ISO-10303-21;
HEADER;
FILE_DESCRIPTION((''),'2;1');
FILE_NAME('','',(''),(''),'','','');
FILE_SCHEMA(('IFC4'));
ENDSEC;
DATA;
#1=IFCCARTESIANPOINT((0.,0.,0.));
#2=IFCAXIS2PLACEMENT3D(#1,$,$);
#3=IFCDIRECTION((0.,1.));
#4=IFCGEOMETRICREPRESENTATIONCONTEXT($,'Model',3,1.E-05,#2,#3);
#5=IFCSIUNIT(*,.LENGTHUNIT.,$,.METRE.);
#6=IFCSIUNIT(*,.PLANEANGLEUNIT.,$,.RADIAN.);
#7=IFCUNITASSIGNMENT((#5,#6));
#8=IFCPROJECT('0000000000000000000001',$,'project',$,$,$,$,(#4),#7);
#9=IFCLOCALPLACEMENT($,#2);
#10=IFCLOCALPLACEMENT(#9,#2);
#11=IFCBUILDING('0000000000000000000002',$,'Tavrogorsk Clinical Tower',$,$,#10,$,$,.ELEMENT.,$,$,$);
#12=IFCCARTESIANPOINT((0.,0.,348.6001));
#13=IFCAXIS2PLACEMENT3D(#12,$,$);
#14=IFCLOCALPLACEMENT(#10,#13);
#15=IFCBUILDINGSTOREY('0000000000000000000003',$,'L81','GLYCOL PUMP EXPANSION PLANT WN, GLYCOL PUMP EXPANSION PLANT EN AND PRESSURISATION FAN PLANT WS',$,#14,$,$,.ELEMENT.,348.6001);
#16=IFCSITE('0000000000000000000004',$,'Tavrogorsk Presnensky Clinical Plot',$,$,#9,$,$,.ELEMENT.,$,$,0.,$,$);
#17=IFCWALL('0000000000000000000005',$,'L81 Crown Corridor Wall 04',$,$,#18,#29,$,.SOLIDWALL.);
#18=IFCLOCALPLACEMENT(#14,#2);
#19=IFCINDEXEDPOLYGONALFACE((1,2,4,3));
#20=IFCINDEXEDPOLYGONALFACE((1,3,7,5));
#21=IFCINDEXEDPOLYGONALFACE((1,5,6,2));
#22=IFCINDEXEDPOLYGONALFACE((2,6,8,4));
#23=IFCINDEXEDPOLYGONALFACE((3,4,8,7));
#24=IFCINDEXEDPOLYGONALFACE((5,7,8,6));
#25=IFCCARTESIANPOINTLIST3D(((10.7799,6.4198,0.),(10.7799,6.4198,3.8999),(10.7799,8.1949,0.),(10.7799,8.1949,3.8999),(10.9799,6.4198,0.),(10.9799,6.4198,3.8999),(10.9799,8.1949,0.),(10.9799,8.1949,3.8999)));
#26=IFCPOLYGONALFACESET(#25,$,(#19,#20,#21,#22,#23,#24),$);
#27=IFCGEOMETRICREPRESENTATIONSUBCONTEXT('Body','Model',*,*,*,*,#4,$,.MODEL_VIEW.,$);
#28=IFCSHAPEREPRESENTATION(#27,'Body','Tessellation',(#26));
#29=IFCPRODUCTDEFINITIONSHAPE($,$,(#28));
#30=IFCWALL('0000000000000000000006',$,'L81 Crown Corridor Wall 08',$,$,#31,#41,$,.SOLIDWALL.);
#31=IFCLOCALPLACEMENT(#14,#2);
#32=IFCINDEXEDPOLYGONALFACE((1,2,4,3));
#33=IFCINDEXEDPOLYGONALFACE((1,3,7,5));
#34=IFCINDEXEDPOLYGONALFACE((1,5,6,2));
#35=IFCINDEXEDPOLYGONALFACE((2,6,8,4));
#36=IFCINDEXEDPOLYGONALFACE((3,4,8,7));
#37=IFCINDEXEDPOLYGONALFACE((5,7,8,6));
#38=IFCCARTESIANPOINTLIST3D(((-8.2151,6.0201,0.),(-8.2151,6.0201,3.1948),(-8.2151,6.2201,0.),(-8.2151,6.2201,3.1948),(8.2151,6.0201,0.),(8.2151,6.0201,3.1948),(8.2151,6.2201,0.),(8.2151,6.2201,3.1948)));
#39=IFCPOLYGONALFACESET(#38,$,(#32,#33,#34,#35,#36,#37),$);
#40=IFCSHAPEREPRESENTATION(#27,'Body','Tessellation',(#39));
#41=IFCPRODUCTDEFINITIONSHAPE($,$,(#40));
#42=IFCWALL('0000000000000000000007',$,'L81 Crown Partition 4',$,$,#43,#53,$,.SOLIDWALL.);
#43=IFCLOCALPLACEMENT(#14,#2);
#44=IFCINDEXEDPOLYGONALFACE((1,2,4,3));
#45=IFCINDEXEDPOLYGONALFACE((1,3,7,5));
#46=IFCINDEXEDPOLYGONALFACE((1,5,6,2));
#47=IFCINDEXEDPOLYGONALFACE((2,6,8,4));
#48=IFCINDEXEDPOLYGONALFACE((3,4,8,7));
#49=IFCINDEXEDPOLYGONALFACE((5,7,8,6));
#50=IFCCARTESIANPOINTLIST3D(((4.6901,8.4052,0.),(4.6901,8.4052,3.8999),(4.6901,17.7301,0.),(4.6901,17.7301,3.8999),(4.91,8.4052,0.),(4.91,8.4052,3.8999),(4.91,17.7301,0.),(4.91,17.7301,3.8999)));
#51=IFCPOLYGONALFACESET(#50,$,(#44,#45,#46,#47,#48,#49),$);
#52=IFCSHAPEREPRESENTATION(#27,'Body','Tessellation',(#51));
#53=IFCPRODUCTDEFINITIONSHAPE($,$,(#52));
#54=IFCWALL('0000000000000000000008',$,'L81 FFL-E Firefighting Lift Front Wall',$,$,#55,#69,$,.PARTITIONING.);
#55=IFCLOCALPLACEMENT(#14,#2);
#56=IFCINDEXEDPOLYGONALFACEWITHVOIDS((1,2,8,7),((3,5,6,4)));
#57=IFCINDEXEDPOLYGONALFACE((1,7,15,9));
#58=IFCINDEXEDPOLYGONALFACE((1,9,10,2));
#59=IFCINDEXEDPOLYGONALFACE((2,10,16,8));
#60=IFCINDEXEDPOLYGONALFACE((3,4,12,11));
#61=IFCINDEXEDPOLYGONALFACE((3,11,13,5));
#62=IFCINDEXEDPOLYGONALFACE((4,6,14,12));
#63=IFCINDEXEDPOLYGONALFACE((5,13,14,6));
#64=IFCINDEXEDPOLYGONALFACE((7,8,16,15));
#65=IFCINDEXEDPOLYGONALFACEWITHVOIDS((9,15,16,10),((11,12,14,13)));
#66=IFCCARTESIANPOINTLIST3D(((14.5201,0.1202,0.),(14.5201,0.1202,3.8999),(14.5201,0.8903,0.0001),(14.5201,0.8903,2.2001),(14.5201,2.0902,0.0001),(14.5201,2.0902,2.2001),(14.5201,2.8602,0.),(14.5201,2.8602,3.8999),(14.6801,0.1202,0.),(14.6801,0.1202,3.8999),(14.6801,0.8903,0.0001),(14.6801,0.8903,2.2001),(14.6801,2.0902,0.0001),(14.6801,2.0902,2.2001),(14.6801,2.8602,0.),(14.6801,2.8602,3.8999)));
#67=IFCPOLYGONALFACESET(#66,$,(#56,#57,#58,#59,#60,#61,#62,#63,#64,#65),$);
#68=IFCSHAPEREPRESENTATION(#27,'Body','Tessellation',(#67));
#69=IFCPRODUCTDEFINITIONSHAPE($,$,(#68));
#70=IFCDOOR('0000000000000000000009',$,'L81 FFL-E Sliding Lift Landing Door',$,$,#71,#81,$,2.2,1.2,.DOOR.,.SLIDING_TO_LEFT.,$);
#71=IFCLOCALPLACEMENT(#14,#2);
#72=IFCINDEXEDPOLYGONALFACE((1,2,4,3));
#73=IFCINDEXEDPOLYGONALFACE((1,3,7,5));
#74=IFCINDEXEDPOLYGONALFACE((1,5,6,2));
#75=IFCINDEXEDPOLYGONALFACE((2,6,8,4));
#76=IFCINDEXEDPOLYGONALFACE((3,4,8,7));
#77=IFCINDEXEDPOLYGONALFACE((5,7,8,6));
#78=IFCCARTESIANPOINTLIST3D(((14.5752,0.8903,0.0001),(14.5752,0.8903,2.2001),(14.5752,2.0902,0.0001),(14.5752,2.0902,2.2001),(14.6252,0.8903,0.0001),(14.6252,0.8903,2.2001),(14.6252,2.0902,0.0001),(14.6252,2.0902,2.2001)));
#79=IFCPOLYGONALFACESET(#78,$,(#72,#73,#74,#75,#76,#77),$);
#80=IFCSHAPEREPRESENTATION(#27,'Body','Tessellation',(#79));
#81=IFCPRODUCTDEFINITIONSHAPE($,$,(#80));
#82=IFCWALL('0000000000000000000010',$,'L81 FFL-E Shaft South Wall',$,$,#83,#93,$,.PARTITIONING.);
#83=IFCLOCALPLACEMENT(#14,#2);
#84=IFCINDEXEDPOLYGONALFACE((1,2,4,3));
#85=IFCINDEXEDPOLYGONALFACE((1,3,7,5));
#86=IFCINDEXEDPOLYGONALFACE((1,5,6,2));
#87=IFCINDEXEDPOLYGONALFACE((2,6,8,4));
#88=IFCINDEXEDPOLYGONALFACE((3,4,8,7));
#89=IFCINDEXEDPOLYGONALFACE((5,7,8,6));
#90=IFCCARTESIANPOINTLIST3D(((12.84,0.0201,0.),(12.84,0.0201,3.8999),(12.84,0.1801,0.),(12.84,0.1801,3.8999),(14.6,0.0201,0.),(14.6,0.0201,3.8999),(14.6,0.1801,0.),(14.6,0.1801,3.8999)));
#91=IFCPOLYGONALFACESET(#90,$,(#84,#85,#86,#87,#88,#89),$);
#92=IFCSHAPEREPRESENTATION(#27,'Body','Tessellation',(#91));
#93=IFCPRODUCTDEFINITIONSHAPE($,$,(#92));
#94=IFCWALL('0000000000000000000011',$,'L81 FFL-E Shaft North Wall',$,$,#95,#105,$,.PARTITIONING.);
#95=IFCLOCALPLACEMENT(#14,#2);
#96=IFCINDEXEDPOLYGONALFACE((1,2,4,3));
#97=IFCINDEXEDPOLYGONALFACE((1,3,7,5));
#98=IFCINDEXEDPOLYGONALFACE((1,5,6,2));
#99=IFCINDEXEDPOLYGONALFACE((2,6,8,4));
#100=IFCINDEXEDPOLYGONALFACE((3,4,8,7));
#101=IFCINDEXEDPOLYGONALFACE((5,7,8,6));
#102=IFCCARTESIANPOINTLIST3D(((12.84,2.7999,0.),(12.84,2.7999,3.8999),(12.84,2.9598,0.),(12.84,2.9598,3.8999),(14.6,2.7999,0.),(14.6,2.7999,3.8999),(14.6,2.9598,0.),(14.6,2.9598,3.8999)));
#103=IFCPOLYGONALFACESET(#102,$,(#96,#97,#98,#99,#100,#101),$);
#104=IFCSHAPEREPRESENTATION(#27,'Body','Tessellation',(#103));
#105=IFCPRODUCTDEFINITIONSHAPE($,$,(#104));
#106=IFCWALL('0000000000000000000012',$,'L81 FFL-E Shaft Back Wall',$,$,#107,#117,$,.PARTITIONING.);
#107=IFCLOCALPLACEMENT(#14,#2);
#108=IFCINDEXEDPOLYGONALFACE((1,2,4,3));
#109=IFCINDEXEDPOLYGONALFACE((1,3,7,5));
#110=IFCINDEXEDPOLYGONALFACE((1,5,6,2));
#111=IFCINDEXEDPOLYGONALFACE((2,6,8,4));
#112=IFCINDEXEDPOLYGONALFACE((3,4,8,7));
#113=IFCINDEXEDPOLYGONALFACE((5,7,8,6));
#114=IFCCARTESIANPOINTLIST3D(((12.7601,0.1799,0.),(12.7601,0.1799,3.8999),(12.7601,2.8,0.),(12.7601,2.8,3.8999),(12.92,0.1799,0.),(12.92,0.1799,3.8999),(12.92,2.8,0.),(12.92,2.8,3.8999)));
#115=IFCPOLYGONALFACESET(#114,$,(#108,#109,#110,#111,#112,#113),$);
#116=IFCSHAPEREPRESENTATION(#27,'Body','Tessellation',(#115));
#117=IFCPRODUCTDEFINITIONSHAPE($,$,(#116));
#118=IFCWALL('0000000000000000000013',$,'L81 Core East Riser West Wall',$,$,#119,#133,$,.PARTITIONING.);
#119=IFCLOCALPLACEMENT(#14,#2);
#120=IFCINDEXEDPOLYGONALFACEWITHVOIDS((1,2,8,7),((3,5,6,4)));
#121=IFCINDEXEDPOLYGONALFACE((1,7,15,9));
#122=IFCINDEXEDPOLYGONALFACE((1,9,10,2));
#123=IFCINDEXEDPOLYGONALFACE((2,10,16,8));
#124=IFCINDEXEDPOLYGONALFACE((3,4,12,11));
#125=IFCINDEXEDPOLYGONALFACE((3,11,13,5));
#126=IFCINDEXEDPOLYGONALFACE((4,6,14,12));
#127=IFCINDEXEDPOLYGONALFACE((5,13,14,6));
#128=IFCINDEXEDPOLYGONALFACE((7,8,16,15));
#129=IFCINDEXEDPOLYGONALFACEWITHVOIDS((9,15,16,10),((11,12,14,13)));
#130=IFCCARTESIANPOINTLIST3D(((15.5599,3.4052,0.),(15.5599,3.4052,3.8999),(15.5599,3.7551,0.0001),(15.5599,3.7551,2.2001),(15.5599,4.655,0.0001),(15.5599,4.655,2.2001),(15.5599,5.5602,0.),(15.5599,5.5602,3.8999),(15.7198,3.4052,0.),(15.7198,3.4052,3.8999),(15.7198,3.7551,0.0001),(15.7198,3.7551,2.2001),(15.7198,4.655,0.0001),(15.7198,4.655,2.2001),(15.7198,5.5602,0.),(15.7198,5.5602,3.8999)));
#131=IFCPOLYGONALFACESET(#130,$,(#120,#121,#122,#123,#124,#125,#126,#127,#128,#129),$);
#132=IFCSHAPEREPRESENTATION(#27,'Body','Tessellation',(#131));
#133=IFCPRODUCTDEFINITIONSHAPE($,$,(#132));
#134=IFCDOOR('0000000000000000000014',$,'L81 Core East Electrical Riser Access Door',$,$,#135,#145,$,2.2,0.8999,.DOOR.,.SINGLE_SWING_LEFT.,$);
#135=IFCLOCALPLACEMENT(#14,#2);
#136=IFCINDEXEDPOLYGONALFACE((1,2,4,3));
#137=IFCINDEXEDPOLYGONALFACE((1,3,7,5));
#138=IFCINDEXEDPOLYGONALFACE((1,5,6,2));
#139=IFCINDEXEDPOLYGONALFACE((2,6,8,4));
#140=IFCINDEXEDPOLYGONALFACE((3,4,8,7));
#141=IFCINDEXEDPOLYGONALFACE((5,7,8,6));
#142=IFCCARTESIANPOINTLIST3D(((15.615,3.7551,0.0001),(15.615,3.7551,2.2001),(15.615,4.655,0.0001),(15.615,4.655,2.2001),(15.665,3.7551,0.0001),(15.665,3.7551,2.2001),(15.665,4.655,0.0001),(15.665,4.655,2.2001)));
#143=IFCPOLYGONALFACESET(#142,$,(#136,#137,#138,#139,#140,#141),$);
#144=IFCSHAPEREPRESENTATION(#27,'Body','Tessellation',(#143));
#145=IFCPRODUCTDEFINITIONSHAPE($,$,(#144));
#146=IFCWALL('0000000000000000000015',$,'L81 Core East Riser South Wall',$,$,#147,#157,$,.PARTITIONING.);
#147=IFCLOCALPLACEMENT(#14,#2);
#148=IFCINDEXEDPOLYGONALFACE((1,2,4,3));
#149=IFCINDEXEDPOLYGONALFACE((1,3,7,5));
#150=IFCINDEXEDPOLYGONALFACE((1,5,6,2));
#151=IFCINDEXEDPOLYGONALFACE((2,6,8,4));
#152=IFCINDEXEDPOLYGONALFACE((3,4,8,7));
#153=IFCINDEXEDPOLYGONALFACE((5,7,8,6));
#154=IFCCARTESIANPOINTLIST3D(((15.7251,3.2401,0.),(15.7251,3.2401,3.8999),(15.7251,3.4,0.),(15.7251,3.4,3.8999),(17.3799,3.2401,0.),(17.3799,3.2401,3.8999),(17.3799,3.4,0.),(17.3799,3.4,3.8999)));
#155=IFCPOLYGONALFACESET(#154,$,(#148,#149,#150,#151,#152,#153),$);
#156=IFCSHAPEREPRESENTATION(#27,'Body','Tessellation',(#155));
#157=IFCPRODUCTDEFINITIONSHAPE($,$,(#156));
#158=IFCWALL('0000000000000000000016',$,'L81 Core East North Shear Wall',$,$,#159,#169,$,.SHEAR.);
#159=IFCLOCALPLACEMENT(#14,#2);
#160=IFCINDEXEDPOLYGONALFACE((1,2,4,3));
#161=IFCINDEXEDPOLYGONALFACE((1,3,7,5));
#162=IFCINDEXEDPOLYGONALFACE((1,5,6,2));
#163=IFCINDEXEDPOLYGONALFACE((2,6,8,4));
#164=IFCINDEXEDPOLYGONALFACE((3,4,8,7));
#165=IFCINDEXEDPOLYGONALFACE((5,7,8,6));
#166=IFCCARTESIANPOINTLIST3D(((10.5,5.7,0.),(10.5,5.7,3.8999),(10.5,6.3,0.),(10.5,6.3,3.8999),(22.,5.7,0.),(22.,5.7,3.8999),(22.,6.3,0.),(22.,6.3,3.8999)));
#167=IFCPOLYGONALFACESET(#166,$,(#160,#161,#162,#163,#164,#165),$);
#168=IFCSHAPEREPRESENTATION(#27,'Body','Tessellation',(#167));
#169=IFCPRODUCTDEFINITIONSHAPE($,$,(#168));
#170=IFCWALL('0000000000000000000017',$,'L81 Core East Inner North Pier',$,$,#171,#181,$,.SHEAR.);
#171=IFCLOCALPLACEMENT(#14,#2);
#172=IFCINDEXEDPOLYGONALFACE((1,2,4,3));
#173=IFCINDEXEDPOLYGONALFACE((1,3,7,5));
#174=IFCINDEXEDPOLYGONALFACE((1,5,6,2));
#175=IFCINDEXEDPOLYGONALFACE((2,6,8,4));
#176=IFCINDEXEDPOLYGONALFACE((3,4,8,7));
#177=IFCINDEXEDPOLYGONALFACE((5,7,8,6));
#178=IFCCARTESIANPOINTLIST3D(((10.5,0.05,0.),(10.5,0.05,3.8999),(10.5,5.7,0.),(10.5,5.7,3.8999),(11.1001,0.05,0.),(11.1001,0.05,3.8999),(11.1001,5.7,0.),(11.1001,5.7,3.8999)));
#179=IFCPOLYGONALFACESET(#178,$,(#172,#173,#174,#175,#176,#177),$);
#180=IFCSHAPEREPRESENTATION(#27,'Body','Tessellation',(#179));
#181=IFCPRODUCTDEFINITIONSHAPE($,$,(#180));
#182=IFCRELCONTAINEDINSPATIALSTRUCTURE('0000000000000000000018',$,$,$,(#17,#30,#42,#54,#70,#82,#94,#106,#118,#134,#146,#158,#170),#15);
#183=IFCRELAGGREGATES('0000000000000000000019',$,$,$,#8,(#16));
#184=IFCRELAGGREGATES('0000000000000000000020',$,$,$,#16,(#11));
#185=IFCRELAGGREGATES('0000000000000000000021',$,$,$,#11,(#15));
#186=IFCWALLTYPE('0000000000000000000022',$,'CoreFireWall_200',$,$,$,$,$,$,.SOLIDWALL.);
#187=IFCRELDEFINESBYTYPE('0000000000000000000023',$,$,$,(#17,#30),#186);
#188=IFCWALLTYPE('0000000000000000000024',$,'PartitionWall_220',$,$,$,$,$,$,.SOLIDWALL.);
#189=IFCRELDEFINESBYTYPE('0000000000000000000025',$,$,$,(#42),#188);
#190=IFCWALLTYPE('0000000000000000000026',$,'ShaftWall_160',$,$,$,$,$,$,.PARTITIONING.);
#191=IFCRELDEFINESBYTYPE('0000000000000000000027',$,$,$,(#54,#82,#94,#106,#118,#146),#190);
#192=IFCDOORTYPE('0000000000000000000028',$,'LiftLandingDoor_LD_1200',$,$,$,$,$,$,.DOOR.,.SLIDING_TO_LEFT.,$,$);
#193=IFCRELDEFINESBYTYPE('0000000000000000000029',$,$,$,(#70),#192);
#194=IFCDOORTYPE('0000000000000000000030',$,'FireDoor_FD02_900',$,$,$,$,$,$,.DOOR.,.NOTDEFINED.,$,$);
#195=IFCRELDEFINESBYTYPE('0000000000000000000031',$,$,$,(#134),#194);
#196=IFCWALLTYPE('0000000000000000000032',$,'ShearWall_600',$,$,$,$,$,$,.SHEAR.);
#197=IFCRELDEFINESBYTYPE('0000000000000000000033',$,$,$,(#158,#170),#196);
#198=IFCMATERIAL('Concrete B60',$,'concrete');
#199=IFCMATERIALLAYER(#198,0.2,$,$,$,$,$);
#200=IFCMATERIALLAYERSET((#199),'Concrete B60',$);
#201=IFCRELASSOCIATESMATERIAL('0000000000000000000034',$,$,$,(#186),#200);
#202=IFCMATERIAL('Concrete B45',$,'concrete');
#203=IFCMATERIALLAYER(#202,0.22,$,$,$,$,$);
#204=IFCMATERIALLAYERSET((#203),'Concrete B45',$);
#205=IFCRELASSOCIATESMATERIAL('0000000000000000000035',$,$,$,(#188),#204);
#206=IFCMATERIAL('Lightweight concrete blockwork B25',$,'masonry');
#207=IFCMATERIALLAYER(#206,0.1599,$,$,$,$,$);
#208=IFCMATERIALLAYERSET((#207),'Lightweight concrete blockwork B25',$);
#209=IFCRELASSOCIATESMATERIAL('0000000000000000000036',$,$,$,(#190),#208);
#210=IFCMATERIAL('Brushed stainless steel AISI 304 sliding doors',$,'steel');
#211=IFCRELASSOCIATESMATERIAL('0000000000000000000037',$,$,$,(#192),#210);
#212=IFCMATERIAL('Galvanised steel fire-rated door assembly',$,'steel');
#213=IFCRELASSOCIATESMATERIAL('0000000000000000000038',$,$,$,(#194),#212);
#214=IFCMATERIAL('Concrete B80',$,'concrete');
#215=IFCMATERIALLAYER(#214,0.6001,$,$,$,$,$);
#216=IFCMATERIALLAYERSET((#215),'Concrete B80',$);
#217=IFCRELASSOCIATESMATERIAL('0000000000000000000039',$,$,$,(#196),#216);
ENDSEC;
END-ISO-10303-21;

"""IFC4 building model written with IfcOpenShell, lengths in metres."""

from ifc_helpers import new_model, si_unit, direction, frame, frame_2d, origin, place, context, subcontext, project, spatial, rectangle, extrude, material, layer, layer_set, type_object, element, fill, save


model = new_model("IFC4")

# Units and contexts
model_context = context("Model", 3, precision=1e-05, world=origin(), true_north=direction((0.0, 1.0)))
body_context = subcontext(model_context, "Body", "Model", "MODEL_VIEW")
ifc_project = project(units=[si_unit("LENGTHUNIT", "METRE"), si_unit("PLANEANGLEUNIT", "RADIAN")], contexts=[model_context])

# Site, building, storey
site_placement = place(None, origin())
site = spatial("IfcSite", under=ifc_project, at=site_placement, Name="Tavrogorsk Presnensky Clinical Plot", CompositionType="ELEMENT", RefElevation=0.0)
building_placement = place(site_placement, origin())
building = spatial("IfcBuilding", under=site, at=building_placement, Name="Tavrogorsk Clinical Tower", CompositionType="ELEMENT")
storey_placement = place(building_placement, frame((0.0, 0.0, 348.6001)))
storey = spatial("IfcBuildingStorey", under=building, at=storey_placement, Name="L81", Description="GLYCOL PUMP EXPANSION PLANT WN, GLYCOL PUMP EXPANSION PLANT EN AND PRESSURISATION FAN PLANT WS", CompositionType="ELEMENT", Elevation=348.6001)

# Shared definitions
ifc_material_1 = material(Name="Concrete B60", Category="concrete")
ifc_layer_1 = layer(ifc_material_1, 0.2)
ifc_layer_set_1 = layer_set([ifc_layer_1], Name="Concrete B60")
wall_type_1 = type_object("IfcWallType", Name="CoreFireWall_200", PredefinedType="SOLIDWALL", material=ifc_layer_set_1)

# Walls
wall_1_placement = place(storey_placement, frame((10.8799, 8.1951, 0.0), z_axis=(0.0, 0.0, 1.0), x_axis=(0.0, -1.0, 0.0)))
element("IfcWall", 1, at=wall_1_placement, inside=storey, type_object=wall_type_1, Name="L81 Crown Corridor Wall 04", PredefinedType="SOLIDWALL", context=body_context, shape_type="SweptSolid", body=[
    extrude(rectangle(XDim=1.7751, YDim=0.2, at=frame_2d((0.8877, 0.0))), origin(), (0.0, 0.0, 1.0), 3.8999),
])
wall_2_placement = place(storey_placement, frame((8.2151, 6.1201, 0.0), z_axis=(0.0, 0.0, 1.0), x_axis=(-1.0, 0.0, 0.0)))
element("IfcWall", 2, at=wall_2_placement, inside=storey, type_object=wall_type_1, Name="L81 Crown Corridor Wall 08", PredefinedType="SOLIDWALL", context=body_context, shape_type="SweptSolid", body=[
    extrude(rectangle(XDim=16.4302, YDim=0.2, at=frame_2d((8.2151, 0.0))), origin(), (0.0, 0.0, 1.0), 3.1948),
])
ifc_material_2 = material(Name="Concrete B45", Category="concrete")
ifc_layer_2 = layer(ifc_material_2, 0.22)
ifc_layer_set_2 = layer_set([ifc_layer_2], Name="Concrete B45")
wall_type_2 = type_object("IfcWallType", Name="PartitionWall_220", PredefinedType="SOLIDWALL", material=ifc_layer_set_2)
wall_3_placement = place(storey_placement, frame((4.8, 8.405, 0.0), z_axis=(0.0, 0.0, 1.0), x_axis=(0.0, 1.0, 0.0)))
element("IfcWall", 3, at=wall_3_placement, inside=storey, type_object=wall_type_2, Name="L81 Crown Partition 4", PredefinedType="SOLIDWALL", context=body_context, shape_type="SweptSolid", body=[
    extrude(rectangle(XDim=9.325, YDim=0.22, at=frame_2d((4.6626, 0.0))), origin(), (0.0, 0.0, 1.0), 3.8999),
])

# Wall, opening, door
ifc_material_3 = material(Name="Lightweight concrete blockwork B25", Category="masonry")
ifc_layer_3 = layer(ifc_material_3, 0.1599)
ifc_layer_set_3 = layer_set([ifc_layer_3], Name="Lightweight concrete blockwork B25")
wall_type_3 = type_object("IfcWallType", Name="ShaftWall_160", PredefinedType="PARTITIONING", material=ifc_layer_set_3)
wall_4_placement = place(storey_placement, frame((14.6001, 0.1201, 0.0), z_axis=(0.0, 0.0, 1.0), x_axis=(0.0, 1.0, 0.0)))
wall_4 = element("IfcWall", 4, at=wall_4_placement, inside=storey, type_object=wall_type_3, Name="L81 FFL-E Firefighting Lift Front Wall", PredefinedType="PARTITIONING", context=body_context, shape_type="SweptSolid", body=[
    extrude(rectangle(XDim=2.74, YDim=0.1599, at=frame_2d((1.3701, 0.0))), origin(), (0.0, 0.0, 1.0), 3.8999),
])
opening_1_placement = place(wall_4_placement, frame((0.77, 0.0, 0.0)))
opening_1 = element("IfcOpeningElement", 5, at=opening_1_placement, cuts=wall_4, PredefinedType="OPENING", context=body_context, shape_type="SweptSolid", body=[
    extrude(rectangle(XDim=1.2, YDim=2.2, at=frame_2d((0.6001, 1.1001))), frame((0.0, 0.0898, 0.0), z_axis=(0.0, -1.0, 0.0), x_axis=(1.0, 0.0, 0.0)), (0.0, 0.0, 1.0), 0.1799),
])
ifc_material_4 = material(Name="Brushed stainless steel AISI 304 sliding doors", Category="steel")
door_type_1 = type_object("IfcDoorType", Name="LiftLandingDoor_LD_1200", OperationType="SLIDING_TO_LEFT", PredefinedType="DOOR", material=ifc_material_4)
door_1_placement = place(opening_1_placement, origin())
door_1 = element("IfcDoor", 6, at=door_1_placement, inside=storey, type_object=door_type_1, Name="L81 FFL-E Sliding Lift Landing Door", OperationType="SLIDING_TO_LEFT", OverallHeight=2.2, OverallWidth=1.2, PredefinedType="DOOR", context=body_context, shape_type="SweptSolid", body=[
    extrude(rectangle(XDim=1.2, YDim=2.2, at=frame_2d((0.6001, 1.1001))), frame((0.0, 0.0249, 0.0), z_axis=(0.0, -1.0, 0.0), x_axis=(1.0, 0.0, 0.0)), (0.0, 0.0, 1.0), 0.05),
])
fill(opening_1, door_1)

# Walls
for number, where, z_axis, x_axis, name in (
    (7, (12.8401, 0.1001, 0.0), (0.0, 0.0, 1.0), (1.0, 0.0, 0.0), "L81 FFL-E Shaft South Wall"),
    (8, (12.8401, 2.8799, 0.0), (0.0, 0.0, 1.0), (1.0, 0.0, 0.0), "L81 FFL-E Shaft North Wall"),
):
    element("IfcWall", number, at=place(storey_placement, frame(where, z_axis=z_axis, x_axis=x_axis)), inside=storey, type_object=wall_type_3, Name=name, PredefinedType="PARTITIONING", context=body_context, shape_type="SweptSolid", body=[
        extrude(rectangle(XDim=1.76, YDim=0.1599, at=frame_2d((0.8799, 0.0))), origin(), (0.0, 0.0, 1.0), 3.8999),
    ])
wall_5_placement = place(storey_placement, frame((12.8401, 0.1799, 0.0), z_axis=(0.0, 0.0, 1.0), x_axis=(0.0, 1.0, 0.0)))
element("IfcWall", 9, at=wall_5_placement, inside=storey, type_object=wall_type_3, Name="L81 FFL-E Shaft Back Wall", PredefinedType="PARTITIONING", context=body_context, shape_type="SweptSolid", body=[
    extrude(rectangle(XDim=2.6201, YDim=0.1599, at=frame_2d((1.3101, 0.0))), origin(), (0.0, 0.0, 1.0), 3.8999),
])

# Wall, opening, door
wall_6_placement = place(storey_placement, frame((15.6399, 3.405, 0.0), z_axis=(0.0, 0.0, 1.0), x_axis=(0.0, 1.0, 0.0)))
wall_6 = element("IfcWall", 10, at=wall_6_placement, inside=storey, type_object=wall_type_3, Name="L81 Core East Riser West Wall", PredefinedType="PARTITIONING", context=body_context, shape_type="SweptSolid", body=[
    extrude(rectangle(XDim=2.155, YDim=0.1599, at=frame_2d((1.0776, 0.0))), origin(), (0.0, 0.0, 1.0), 3.8999),
])
opening_2_placement = place(wall_6_placement, frame((0.3501, 0.0, 0.0)))
opening_2 = element("IfcOpeningElement", 11, at=opening_2_placement, cuts=wall_6, PredefinedType="OPENING", context=body_context, shape_type="SweptSolid", body=[
    extrude(rectangle(XDim=0.8999, YDim=2.2, at=frame_2d((0.45, 1.1001))), frame((0.0, 0.0898, 0.0), z_axis=(0.0, -1.0, 0.0), x_axis=(1.0, 0.0, 0.0)), (0.0, 0.0, 1.0), 0.1799),
])
ifc_material_5 = material(Name="Galvanised steel fire-rated door assembly", Category="steel")
door_type_2 = type_object("IfcDoorType", Name="FireDoor_FD02_900", OperationType="NOTDEFINED", PredefinedType="DOOR", material=ifc_material_5)
door_2_placement = place(opening_2_placement, origin())
door_2 = element("IfcDoor", 12, at=door_2_placement, inside=storey, type_object=door_type_2, Name="L81 Core East Electrical Riser Access Door", OperationType="SINGLE_SWING_LEFT", OverallHeight=2.2, OverallWidth=0.8999, PredefinedType="DOOR", context=body_context, shape_type="SweptSolid", body=[
    extrude(rectangle(XDim=0.8999, YDim=2.2, at=frame_2d((0.45, 1.1001))), frame((0.0, 0.0249, 0.0), z_axis=(0.0, -1.0, 0.0), x_axis=(1.0, 0.0, 0.0)), (0.0, 0.0, 1.0), 0.05),
])
fill(opening_2, door_2)

# Walls
wall_7_placement = place(storey_placement, frame((15.7251, 3.3201, 0.0), z_axis=(0.0, 0.0, 1.0), x_axis=(1.0, 0.0, 0.0)))
element("IfcWall", 13, at=wall_7_placement, inside=storey, type_object=wall_type_3, Name="L81 Core East Riser South Wall", PredefinedType="PARTITIONING", context=body_context, shape_type="SweptSolid", body=[
    extrude(rectangle(XDim=1.6548, YDim=0.1599, at=frame_2d((0.8274, 0.0))), origin(), (0.0, 0.0, 1.0), 3.8999),
])
ifc_material_6 = material(Name="Concrete B80", Category="concrete")
ifc_layer_4 = layer(ifc_material_6, 0.6001)
ifc_layer_set_4 = layer_set([ifc_layer_4], Name="Concrete B80")
wall_type_4 = type_object("IfcWallType", Name="ShearWall_600", PredefinedType="SHEAR", material=ifc_layer_set_4)
wall_8_placement = place(storey_placement, frame((10.5, 6.0, 0.0), z_axis=(0.0, 0.0, 1.0), x_axis=(1.0, 0.0, 0.0)))
element("IfcWall", 14, at=wall_8_placement, inside=storey, type_object=wall_type_4, Name="L81 Core East North Shear Wall", PredefinedType="SHEAR", context=body_context, shape_type="SweptSolid", body=[
    extrude(rectangle(XDim=11.5, YDim=0.6001, at=frame_2d((5.75, 0.0))), origin(), (0.0, 0.0, 1.0), 3.8999),
])
wall_9_placement = place(storey_placement, frame((10.8, 0.05, 0.0), z_axis=(0.0, 0.0, 1.0), x_axis=(0.0, 1.0, 0.0)))
element("IfcWall", 15, at=wall_9_placement, inside=storey, type_object=wall_type_4, Name="L81 Core East Inner North Pier", PredefinedType="SHEAR", context=body_context, shape_type="SweptSolid", body=[
    extrude(rectangle(XDim=5.6499, YDim=0.6001, at=frame_2d((2.825, 0.0))), origin(), (0.0, 0.0, 1.0), 3.8999),
])

save(model, "model.ifc")
